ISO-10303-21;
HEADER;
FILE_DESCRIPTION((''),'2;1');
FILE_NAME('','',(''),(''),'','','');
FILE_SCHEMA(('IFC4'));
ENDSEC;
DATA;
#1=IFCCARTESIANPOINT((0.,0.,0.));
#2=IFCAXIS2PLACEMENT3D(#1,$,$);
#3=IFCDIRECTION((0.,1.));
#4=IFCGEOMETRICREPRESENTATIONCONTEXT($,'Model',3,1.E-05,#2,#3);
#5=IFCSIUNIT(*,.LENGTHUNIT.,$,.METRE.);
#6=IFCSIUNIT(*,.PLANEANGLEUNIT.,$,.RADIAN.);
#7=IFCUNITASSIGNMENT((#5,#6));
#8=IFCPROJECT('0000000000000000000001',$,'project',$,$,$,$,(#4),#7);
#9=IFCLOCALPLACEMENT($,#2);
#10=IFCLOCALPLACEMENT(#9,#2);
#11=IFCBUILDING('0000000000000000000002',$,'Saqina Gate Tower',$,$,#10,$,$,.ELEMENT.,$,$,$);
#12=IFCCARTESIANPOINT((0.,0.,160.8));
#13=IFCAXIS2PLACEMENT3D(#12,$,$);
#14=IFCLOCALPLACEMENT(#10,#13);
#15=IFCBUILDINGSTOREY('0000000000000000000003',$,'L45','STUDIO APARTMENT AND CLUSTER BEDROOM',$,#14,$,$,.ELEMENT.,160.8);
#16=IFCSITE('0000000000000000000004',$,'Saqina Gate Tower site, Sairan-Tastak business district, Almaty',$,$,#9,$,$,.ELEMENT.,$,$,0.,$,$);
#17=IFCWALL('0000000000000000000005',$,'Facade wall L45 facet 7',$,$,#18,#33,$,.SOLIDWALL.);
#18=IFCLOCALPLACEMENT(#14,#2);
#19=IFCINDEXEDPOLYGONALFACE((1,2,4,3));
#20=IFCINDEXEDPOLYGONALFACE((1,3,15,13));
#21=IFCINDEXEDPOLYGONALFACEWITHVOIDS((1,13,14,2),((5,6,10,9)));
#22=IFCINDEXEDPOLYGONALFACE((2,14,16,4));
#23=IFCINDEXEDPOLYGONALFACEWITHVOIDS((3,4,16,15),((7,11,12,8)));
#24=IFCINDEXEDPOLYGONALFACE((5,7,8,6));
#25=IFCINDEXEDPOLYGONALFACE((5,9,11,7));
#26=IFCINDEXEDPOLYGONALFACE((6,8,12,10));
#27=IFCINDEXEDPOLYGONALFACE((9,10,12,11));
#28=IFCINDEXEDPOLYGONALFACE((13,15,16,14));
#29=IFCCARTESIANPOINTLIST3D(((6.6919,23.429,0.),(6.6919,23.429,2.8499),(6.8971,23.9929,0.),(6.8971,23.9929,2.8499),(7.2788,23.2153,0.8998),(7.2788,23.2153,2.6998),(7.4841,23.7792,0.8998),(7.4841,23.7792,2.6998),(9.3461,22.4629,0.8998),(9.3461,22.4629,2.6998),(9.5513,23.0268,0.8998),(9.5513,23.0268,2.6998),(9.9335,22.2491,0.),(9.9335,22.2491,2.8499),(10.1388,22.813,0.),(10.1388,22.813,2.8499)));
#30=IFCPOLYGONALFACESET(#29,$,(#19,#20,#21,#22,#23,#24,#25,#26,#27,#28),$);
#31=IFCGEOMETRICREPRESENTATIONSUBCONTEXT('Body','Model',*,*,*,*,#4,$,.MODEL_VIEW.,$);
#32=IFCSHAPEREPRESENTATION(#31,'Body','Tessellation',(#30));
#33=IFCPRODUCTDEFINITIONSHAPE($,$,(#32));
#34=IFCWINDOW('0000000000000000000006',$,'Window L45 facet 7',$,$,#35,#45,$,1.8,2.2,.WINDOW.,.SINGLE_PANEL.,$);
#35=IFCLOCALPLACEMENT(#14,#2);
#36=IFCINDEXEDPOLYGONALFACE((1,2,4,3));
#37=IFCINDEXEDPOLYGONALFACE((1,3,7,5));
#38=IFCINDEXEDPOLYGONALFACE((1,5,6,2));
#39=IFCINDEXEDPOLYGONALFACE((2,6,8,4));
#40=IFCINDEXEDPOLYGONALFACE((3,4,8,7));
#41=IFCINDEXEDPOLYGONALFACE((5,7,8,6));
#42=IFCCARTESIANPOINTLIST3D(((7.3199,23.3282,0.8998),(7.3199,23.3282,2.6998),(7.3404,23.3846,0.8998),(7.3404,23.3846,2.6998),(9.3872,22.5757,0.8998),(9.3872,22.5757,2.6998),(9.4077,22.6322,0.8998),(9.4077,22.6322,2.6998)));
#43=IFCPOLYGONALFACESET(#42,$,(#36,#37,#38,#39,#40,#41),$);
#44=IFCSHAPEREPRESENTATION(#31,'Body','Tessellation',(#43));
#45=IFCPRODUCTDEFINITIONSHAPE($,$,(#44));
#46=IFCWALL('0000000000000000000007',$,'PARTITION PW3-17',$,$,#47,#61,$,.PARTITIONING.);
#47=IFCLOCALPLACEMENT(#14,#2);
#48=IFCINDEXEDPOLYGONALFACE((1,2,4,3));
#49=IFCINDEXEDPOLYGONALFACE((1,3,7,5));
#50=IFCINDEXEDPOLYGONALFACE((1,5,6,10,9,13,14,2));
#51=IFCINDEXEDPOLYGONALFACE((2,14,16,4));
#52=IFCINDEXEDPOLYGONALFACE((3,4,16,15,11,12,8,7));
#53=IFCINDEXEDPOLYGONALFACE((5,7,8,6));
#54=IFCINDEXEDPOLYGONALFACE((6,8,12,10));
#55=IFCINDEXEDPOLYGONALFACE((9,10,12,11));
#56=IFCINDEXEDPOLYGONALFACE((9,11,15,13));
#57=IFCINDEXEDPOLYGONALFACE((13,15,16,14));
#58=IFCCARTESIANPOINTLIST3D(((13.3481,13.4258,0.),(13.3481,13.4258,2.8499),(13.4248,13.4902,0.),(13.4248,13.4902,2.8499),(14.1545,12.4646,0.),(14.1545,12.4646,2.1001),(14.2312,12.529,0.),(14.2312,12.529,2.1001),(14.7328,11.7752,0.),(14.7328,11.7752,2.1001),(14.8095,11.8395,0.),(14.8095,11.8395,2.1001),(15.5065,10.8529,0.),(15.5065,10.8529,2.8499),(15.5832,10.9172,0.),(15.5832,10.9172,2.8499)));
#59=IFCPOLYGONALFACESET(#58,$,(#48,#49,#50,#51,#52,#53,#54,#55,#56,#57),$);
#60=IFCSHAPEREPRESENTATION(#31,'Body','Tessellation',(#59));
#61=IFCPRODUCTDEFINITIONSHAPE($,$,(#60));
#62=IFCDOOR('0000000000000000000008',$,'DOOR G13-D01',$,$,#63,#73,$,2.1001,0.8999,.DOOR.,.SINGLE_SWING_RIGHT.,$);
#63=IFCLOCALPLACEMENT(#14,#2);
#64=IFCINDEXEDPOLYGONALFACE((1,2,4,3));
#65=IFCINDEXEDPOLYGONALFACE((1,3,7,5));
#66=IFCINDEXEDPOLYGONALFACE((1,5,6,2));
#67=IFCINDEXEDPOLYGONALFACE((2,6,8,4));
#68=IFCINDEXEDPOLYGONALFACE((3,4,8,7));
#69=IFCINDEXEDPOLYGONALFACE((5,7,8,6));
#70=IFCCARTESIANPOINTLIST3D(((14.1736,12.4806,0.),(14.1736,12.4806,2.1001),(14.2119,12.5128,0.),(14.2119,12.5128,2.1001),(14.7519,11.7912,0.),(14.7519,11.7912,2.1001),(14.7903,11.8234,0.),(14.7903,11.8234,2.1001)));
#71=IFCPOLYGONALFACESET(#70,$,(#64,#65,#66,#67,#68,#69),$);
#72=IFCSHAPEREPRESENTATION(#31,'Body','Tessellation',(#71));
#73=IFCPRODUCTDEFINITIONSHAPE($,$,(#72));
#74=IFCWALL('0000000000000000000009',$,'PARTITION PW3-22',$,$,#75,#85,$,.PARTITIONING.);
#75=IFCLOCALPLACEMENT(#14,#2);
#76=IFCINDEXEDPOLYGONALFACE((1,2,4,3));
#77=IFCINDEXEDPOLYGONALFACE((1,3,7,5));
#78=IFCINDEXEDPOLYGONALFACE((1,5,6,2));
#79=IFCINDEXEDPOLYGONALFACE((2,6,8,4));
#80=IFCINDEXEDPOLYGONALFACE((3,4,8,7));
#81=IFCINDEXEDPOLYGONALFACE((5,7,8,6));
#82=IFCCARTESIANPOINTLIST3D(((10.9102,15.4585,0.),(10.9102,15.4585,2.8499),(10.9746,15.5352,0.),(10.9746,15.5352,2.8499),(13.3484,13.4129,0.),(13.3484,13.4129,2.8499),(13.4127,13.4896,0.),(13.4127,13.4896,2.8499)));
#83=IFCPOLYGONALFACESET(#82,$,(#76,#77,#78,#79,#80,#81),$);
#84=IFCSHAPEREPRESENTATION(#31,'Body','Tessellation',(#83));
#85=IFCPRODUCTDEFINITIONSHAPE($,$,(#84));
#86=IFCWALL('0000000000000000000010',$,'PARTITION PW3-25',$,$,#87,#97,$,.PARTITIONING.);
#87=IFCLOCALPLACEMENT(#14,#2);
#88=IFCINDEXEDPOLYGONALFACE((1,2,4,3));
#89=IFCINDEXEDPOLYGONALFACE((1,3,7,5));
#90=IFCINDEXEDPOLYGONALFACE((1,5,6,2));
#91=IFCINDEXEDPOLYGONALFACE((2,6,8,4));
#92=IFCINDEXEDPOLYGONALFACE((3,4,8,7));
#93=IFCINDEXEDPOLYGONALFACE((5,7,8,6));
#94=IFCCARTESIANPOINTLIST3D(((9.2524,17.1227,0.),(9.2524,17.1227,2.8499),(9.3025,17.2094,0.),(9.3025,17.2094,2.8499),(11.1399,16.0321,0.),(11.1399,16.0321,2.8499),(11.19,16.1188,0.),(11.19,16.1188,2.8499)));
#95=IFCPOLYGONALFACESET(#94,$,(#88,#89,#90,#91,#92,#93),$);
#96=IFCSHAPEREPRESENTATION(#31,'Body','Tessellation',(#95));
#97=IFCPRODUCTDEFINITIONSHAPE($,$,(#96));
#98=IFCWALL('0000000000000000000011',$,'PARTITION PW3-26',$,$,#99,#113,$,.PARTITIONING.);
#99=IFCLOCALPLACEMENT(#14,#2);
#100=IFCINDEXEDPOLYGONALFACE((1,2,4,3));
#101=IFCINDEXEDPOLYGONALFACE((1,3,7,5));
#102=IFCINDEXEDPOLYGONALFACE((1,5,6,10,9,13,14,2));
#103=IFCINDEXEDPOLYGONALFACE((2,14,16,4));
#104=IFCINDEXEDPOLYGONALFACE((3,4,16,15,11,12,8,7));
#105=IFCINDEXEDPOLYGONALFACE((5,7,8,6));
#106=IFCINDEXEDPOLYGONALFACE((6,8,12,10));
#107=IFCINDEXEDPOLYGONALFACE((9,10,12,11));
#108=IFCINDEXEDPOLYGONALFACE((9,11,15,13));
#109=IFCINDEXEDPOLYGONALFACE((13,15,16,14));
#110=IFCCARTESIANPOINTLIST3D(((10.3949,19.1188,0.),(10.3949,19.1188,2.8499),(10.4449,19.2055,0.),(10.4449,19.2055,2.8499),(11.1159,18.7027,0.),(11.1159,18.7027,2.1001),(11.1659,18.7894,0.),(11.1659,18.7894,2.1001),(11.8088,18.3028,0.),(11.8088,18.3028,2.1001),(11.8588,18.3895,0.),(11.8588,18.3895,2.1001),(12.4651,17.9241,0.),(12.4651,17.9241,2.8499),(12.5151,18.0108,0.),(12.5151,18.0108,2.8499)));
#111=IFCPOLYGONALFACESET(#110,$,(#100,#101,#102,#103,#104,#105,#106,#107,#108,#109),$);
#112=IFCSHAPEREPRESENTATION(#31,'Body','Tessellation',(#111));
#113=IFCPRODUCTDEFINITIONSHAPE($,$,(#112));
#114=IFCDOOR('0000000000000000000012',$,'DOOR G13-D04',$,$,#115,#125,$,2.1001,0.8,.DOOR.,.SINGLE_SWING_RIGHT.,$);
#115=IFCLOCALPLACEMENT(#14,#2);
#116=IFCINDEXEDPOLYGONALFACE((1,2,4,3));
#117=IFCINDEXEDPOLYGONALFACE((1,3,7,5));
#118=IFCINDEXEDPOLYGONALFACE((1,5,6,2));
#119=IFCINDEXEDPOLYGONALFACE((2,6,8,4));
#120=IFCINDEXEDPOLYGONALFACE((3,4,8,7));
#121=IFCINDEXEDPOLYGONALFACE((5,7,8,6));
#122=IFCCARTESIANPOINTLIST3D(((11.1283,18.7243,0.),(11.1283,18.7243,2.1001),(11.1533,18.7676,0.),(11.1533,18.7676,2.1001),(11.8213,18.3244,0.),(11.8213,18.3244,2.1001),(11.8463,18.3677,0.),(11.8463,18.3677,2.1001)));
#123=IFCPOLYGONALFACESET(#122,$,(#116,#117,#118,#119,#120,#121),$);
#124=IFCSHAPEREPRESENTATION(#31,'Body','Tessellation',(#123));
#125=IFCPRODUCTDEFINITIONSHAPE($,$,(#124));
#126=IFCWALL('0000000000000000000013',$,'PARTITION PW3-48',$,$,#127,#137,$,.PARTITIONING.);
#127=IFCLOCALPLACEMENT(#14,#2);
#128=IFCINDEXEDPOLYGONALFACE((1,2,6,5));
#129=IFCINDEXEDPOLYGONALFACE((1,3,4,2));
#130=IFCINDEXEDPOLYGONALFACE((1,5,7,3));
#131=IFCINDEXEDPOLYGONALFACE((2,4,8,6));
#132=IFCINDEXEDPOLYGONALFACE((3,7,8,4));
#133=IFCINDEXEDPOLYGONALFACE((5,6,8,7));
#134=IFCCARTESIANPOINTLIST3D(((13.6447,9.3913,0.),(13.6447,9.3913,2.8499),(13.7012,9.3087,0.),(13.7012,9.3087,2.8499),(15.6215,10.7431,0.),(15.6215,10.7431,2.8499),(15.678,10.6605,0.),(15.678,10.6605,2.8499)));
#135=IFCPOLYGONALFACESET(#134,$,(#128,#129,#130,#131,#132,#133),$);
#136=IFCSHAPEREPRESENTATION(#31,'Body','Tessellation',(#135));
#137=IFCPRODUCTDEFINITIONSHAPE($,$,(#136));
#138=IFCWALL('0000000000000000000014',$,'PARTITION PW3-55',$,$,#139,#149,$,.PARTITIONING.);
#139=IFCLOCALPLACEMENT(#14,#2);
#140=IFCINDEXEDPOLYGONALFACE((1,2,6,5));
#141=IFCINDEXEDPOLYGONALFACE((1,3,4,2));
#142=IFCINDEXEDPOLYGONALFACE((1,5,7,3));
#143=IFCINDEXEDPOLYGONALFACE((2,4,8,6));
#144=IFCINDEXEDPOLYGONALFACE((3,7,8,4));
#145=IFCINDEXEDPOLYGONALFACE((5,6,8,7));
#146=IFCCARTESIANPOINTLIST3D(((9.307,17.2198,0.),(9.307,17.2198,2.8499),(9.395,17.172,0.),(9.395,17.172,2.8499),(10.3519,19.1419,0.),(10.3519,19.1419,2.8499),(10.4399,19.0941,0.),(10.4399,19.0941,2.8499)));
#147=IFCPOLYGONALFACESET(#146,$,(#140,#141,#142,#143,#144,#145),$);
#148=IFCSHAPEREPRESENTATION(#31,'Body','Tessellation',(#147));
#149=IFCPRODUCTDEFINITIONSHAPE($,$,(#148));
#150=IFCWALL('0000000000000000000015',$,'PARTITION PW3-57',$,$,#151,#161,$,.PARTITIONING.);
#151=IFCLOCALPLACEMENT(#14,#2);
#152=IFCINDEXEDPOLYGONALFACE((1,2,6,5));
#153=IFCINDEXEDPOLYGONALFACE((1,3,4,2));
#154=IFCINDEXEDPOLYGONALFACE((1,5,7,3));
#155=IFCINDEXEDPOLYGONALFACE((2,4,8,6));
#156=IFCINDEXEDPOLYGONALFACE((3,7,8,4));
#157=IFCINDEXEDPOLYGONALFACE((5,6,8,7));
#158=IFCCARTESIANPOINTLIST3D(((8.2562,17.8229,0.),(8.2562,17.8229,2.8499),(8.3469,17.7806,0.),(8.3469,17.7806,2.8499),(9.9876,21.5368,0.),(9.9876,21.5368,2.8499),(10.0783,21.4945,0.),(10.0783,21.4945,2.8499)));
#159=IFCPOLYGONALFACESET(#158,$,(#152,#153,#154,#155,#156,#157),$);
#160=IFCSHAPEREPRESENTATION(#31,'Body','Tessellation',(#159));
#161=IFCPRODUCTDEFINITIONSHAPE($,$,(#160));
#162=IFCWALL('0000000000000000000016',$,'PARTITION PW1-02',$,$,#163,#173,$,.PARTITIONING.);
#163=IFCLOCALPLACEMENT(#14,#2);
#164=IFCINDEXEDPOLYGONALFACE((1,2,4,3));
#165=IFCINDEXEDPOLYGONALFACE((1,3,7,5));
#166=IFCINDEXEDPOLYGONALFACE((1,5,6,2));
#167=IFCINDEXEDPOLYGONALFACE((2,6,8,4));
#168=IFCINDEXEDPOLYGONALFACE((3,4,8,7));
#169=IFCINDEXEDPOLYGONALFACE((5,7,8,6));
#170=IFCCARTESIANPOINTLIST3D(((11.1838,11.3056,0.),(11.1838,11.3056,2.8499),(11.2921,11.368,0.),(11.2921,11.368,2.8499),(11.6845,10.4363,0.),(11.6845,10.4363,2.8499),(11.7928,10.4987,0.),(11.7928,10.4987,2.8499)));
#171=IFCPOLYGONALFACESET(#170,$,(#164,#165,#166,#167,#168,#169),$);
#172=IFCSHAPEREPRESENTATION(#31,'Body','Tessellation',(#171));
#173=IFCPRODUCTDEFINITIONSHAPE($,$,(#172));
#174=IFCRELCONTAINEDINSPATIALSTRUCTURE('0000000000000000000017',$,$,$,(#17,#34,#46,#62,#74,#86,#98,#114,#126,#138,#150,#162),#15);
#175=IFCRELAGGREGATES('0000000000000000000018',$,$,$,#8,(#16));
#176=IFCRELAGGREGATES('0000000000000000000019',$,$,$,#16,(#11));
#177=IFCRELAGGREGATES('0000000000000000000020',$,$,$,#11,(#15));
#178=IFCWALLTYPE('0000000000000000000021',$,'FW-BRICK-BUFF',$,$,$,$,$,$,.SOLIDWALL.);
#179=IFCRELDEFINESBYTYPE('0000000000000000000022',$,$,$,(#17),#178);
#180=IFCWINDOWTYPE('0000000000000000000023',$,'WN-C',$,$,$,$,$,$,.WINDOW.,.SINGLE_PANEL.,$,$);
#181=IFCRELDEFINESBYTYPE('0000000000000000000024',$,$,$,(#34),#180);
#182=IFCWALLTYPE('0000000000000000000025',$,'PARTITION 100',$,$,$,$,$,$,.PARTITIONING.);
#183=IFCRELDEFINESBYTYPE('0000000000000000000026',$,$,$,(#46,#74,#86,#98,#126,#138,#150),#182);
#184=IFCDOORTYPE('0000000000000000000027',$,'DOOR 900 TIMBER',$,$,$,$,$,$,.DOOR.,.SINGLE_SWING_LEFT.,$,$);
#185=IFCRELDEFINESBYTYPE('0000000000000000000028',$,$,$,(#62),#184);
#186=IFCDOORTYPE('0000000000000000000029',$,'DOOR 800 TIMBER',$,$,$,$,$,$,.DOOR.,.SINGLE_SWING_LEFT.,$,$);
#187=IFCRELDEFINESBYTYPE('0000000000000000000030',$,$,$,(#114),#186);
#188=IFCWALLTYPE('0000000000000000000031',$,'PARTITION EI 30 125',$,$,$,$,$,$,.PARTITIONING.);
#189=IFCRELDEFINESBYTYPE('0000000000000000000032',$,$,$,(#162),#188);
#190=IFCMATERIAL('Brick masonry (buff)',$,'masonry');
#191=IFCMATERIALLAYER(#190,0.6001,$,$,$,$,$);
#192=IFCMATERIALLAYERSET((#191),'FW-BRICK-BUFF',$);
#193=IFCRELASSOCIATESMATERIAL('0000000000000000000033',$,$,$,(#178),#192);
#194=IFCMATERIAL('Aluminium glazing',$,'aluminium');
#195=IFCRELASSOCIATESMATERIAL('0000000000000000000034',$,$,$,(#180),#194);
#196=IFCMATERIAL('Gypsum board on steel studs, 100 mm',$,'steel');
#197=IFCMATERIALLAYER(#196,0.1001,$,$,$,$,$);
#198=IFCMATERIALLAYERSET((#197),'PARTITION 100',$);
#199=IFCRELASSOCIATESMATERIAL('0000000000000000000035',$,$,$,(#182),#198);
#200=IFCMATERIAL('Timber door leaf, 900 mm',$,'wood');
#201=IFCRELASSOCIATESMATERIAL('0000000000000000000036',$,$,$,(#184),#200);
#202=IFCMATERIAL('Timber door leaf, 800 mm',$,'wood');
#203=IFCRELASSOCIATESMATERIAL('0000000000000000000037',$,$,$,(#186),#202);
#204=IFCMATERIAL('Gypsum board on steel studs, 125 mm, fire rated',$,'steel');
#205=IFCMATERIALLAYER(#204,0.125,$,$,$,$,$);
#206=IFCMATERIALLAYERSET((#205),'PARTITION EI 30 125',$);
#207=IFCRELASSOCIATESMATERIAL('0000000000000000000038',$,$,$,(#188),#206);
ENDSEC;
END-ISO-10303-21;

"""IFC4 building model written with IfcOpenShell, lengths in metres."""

from ifc_helpers import new_model, si_unit, direction, frame, frame_2d, origin, place, context, subcontext, project, spatial, rectangle, extrude, material, layer, layer_set, type_object, element, fill, save


model = new_model("IFC4")

# Units and contexts
model_context = context("Model", 3, precision=1e-05, world=origin(), true_north=direction((0.0, 1.0)))
body_context = subcontext(model_context, "Body", "Model", "MODEL_VIEW")
ifc_project = project(units=[si_unit("LENGTHUNIT", "METRE"), si_unit("PLANEANGLEUNIT", "RADIAN")], contexts=[model_context])

# Site, building, storey
site_placement = place(None, origin())
site = spatial("IfcSite", under=ifc_project, at=site_placement, Name="Saqina Gate Tower site, Sairan-Tastak business district, Almaty", CompositionType="ELEMENT", RefElevation=0.0)
building_placement = place(site_placement, origin())
building = spatial("IfcBuilding", under=site, at=building_placement, Name="Saqina Gate Tower", CompositionType="ELEMENT")
storey_placement = place(building_placement, frame((0.0, 0.0, 160.8)))
storey = spatial("IfcBuildingStorey", under=building, at=storey_placement, Name="L45", Description="STUDIO APARTMENT AND CLUSTER BEDROOM", CompositionType="ELEMENT", Elevation=160.8)

# Wall, opening, window
ifc_material_1 = material(Name="Brick masonry (buff)", Category="masonry")
ifc_layer_1 = layer(ifc_material_1, 0.6001)
ifc_layer_set_1 = layer_set([ifc_layer_1], Name="FW-BRICK-BUFF")
wall_type_1 = type_object("IfcWallType", Name="FW-BRICK-BUFF", PredefinedType="SOLIDWALL", material=ifc_layer_set_1)
ifc_material_2 = material(Name="Aluminium glazing", Category="aluminium")
window_type = type_object("IfcWindowType", Name="WN-C", PartitioningType="SINGLE_PANEL", PredefinedType="WINDOW", material=ifc_material_2)
wall_1_placement = place(storey_placement, frame((10.0361, 22.531, 0.0), z_axis=(0.0, 0.0, 1.0), x_axis=(-0.939688, 0.342033, 0.0)))
wall_1 = element("IfcWall", 1, at=wall_1_placement, inside=storey, type_object=wall_type_1, Name="Facade wall L45 facet 7", PredefinedType="SOLIDWALL", context=body_context, shape_type="SweptSolid", body=[
    extrude(rectangle(XDim=3.4497, YDim=0.6001, at=frame_2d((1.7249, 0.0))), origin(), (0.0, 0.0, 1.0), 2.8499),
])
opening_1_placement = place(wall_1_placement, frame((0.625, 0.0, 0.8999)))
opening_1 = element("IfcOpeningElement", 2, at=opening_1_placement, cuts=wall_1, PredefinedType="OPENING", context=body_context, shape_type="SweptSolid", body=[
    extrude(rectangle(XDim=2.2, YDim=1.8, at=frame_2d((1.1001, 0.8999))), frame((0.0, 0.312, 0.0), z_axis=(0.0, -1.0, 0.0), x_axis=(1.0, 0.0, 0.0)), (0.0, 0.0, 1.0), 0.624),
])
window_1_placement = place(opening_1_placement, origin())
window_1 = element("IfcWindow", 3, at=window_1_placement, inside=storey, type_object=window_type, Name="Window L45 facet 7", OverallHeight=1.8, OverallWidth=2.2, PartitioningType="SINGLE_PANEL", PredefinedType="WINDOW", context=body_context, shape_type="SweptSolid", body=[
    extrude(rectangle(XDim=2.2, YDim=1.8, at=frame_2d((1.1001, 0.8999))), frame((0.0, 0.1799, 0.0), z_axis=(0.0, -1.0, 0.0), x_axis=(1.0, 0.0, 0.0)), (0.0, 0.0, 1.0), 0.0601),
])
fill(opening_1, window_1)

# Wall, opening, door
ifc_material_3 = material(Name="Gypsum board on steel studs, 100 mm", Category="steel")
ifc_layer_2 = layer(ifc_material_3, 0.1001)
ifc_layer_set_2 = layer_set([ifc_layer_2], Name="PARTITION 100")
wall_type_2 = type_object("IfcWallType", Name="PARTITION 100", PredefinedType="PARTITIONING", material=ifc_layer_set_2)
wall_2_placement = place(storey_placement, frame((13.3865, 13.458, 0.0), z_axis=(0.0, 0.0, 1.0), x_axis=(0.642691, -0.766126, 0.0)))
wall_2 = element("IfcWall", 4, at=wall_2_placement, inside=storey, type_object=wall_type_2, Name="PARTITION PW3-17", PredefinedType="PARTITIONING", context=body_context, shape_type="SweptSolid", body=[
    extrude(rectangle(XDim=3.3584, YDim=0.1001, at=frame_2d((1.6792, 0.0))), origin(), (0.0, 0.0, 1.0), 2.8499),
])
opening_2_placement = place(wall_2_placement, frame((1.2546, 0.0, 0.0)))
opening_2 = element("IfcOpeningElement", 5, at=opening_2_placement, cuts=wall_2, PredefinedType="OPENING", context=body_context, shape_type="SweptSolid", body=[
    extrude(rectangle(XDim=0.8999, YDim=2.1001, at=frame_2d((0.45, 1.05))), frame((0.0, 0.062, 0.0), z_axis=(0.0, -1.0, 0.0), x_axis=(1.0, 0.0, 0.0)), (0.0, 0.0, 1.0), 0.124),
])
ifc_material_4 = material(Name="Timber door leaf, 900 mm", Category="wood")
door_type_1 = type_object("IfcDoorType", Name="DOOR 900 TIMBER", OperationType="SINGLE_SWING_LEFT", PredefinedType="DOOR", material=ifc_material_4)
door_1_placement = place(opening_2_placement, origin())
door_1 = element("IfcDoor", 6, at=door_1_placement, inside=storey, type_object=door_type_1, Name="DOOR G13-D01", OperationType="SINGLE_SWING_RIGHT", OverallHeight=2.1001, OverallWidth=0.8999, PredefinedType="DOOR", context=body_context, shape_type="SweptSolid", body=[
    extrude(rectangle(XDim=0.8999, YDim=2.1001, at=frame_2d((0.45, 1.05))), frame((0.0, 0.0249, 0.0), z_axis=(0.0, -1.0, 0.0), x_axis=(1.0, 0.0, 0.0)), (0.0, 0.0, 1.0), 0.05),
])
fill(opening_2, door_1)

# Walls
wall_3_placement = place(storey_placement, frame((10.9424, 15.4968, 0.0), z_axis=(0.0, 0.0, 1.0), x_axis=(0.766086, -0.642739, 0.0)))
element("IfcWall", 7, at=wall_3_placement, inside=storey, type_object=wall_type_2, Name="PARTITION PW3-22", PredefinedType="PARTITIONING", context=body_context, shape_type="SweptSolid", body=[
    extrude(rectangle(XDim=3.1826, YDim=0.1001, at=frame_2d((1.5913, 0.0))), origin(), (0.0, 0.0, 1.0), 2.8499),
])
wall_4_placement = place(storey_placement, frame((9.2776, 17.166, 0.0), z_axis=(0.0, 0.0, 1.0), x_axis=(0.865855, -0.500294, 0.0)))
element("IfcWall", 8, at=wall_4_placement, inside=storey, type_object=wall_type_2, Name="PARTITION PW3-25", PredefinedType="PARTITIONING", context=body_context, shape_type="SweptSolid", body=[
    extrude(rectangle(XDim=2.1799, YDim=0.1001, at=frame_2d((1.0898, 0.0))), origin(), (0.0, 0.0, 1.0), 2.8499),
])

# Wall, opening, door
wall_5_placement = place(storey_placement, frame((10.4199, 19.1621, 0.0), z_axis=(0.0, 0.0, 1.0), x_axis=(0.866129, -0.49982, 0.0)))
wall_5 = element("IfcWall", 9, at=wall_5_placement, inside=storey, type_object=wall_type_2, Name="PARTITION PW3-26", PredefinedType="PARTITIONING", context=body_context, shape_type="SweptSolid", body=[
    extrude(rectangle(XDim=2.3901, YDim=0.1001, at=frame_2d((1.1951, 0.0))), origin(), (0.0, 0.0, 1.0), 2.8499),
])
opening_3_placement = place(wall_5_placement, frame((0.8325, 0.0, 0.0)))
opening_3 = element("IfcOpeningElement", 10, at=opening_3_placement, cuts=wall_5, PredefinedType="OPENING", context=body_context, shape_type="SweptSolid", body=[
    extrude(rectangle(XDim=0.8, YDim=2.1001, at=frame_2d((0.3999, 1.05))), frame((0.0, 0.062, 0.0), z_axis=(0.0, -1.0, 0.0), x_axis=(1.0, 0.0, 0.0)), (0.0, 0.0, 1.0), 0.124),
])
ifc_material_5 = material(Name="Timber door leaf, 800 mm", Category="wood")
door_type_2 = type_object("IfcDoorType", Name="DOOR 800 TIMBER", OperationType="SINGLE_SWING_LEFT", PredefinedType="DOOR", material=ifc_material_5)
door_2_placement = place(opening_3_placement, origin())
door_2 = element("IfcDoor", 11, at=door_2_placement, inside=storey, type_object=door_type_2, Name="DOOR G13-D04", OperationType="SINGLE_SWING_RIGHT", OverallHeight=2.1001, OverallWidth=0.8, PredefinedType="DOOR", context=body_context, shape_type="SweptSolid", body=[
    extrude(rectangle(XDim=0.8, YDim=2.1001, at=frame_2d((0.3999, 1.05))), frame((0.0, 0.0249, 0.0), z_axis=(0.0, -1.0, 0.0), x_axis=(1.0, 0.0, 0.0)), (0.0, 0.0, 1.0), 0.05),
])
fill(opening_3, door_2)

# Walls
wall_6_placement = place(storey_placement, frame((13.6731, 9.3501, 0.0), z_axis=(0.0, 0.0, 1.0), x_axis=(0.825452, 0.564472, 0.0)))
element("IfcWall", 12, at=wall_6_placement, inside=storey, type_object=wall_type_2, Name="PARTITION PW3-48", PredefinedType="PARTITIONING", context=body_context, shape_type="SweptSolid", body=[
    extrude(rectangle(XDim=2.3948, YDim=0.1001, at=frame_2d((1.1973, 0.0))), origin(), (0.0, 0.0, 1.0), 2.8499),
])
wall_7_placement = place(storey_placement, frame((9.3511, 17.196, 0.0), z_axis=(0.0, 0.0, 1.0), x_axis=(0.477616, 0.878569, 0.0)))
element("IfcWall", 13, at=wall_7_placement, inside=storey, type_object=wall_type_2, Name="PARTITION PW3-55", PredefinedType="PARTITIONING", context=body_context, shape_type="SweptSolid", body=[
    extrude(rectangle(XDim=2.1877, YDim=0.1001, at=frame_2d((1.0938, 0.0))), origin(), (0.0, 0.0, 1.0), 2.8499),
])
wall_8_placement = place(storey_placement, frame((8.3015, 17.8018, 0.0), z_axis=(0.0, 0.0, 1.0), x_axis=(0.422546, 0.906341, 0.0)))
element("IfcWall", 14, at=wall_8_placement, inside=storey, type_object=wall_type_2, Name="PARTITION PW3-57", PredefinedType="PARTITIONING", context=body_context, shape_type="SweptSolid", body=[
    extrude(rectangle(XDim=4.0977, YDim=0.1001, at=frame_2d((2.0488, 0.0))), origin(), (0.0, 0.0, 1.0), 2.8499),
])
ifc_material_6 = material(Name="Gypsum board on steel studs, 125 mm, fire rated", Category="steel")
ifc_layer_3 = layer(ifc_material_6, 0.125)
ifc_layer_set_3 = layer_set([ifc_layer_3], Name="PARTITION EI 30 125")
wall_type_3 = type_object("IfcWallType", Name="PARTITION EI 30 125", PredefinedType="PARTITIONING", material=ifc_layer_set_3)
wall_9_placement = place(storey_placement, frame((11.238, 11.3367, 0.0), z_axis=(0.0, 0.0, 1.0), x_axis=(0.499097, -0.866546, 0.0)))
element("IfcWall", 15, at=wall_9_placement, inside=storey, type_object=wall_type_3, Name="PARTITION PW1-02", PredefinedType="PARTITIONING", context=body_context, shape_type="SweptSolid", body=[
    extrude(rectangle(XDim=1.0032, YDim=0.125, at=frame_2d((0.5015, 0.0))), origin(), (0.0, 0.0, 1.0), 2.8499),
])

save(model, "model.ifc")
